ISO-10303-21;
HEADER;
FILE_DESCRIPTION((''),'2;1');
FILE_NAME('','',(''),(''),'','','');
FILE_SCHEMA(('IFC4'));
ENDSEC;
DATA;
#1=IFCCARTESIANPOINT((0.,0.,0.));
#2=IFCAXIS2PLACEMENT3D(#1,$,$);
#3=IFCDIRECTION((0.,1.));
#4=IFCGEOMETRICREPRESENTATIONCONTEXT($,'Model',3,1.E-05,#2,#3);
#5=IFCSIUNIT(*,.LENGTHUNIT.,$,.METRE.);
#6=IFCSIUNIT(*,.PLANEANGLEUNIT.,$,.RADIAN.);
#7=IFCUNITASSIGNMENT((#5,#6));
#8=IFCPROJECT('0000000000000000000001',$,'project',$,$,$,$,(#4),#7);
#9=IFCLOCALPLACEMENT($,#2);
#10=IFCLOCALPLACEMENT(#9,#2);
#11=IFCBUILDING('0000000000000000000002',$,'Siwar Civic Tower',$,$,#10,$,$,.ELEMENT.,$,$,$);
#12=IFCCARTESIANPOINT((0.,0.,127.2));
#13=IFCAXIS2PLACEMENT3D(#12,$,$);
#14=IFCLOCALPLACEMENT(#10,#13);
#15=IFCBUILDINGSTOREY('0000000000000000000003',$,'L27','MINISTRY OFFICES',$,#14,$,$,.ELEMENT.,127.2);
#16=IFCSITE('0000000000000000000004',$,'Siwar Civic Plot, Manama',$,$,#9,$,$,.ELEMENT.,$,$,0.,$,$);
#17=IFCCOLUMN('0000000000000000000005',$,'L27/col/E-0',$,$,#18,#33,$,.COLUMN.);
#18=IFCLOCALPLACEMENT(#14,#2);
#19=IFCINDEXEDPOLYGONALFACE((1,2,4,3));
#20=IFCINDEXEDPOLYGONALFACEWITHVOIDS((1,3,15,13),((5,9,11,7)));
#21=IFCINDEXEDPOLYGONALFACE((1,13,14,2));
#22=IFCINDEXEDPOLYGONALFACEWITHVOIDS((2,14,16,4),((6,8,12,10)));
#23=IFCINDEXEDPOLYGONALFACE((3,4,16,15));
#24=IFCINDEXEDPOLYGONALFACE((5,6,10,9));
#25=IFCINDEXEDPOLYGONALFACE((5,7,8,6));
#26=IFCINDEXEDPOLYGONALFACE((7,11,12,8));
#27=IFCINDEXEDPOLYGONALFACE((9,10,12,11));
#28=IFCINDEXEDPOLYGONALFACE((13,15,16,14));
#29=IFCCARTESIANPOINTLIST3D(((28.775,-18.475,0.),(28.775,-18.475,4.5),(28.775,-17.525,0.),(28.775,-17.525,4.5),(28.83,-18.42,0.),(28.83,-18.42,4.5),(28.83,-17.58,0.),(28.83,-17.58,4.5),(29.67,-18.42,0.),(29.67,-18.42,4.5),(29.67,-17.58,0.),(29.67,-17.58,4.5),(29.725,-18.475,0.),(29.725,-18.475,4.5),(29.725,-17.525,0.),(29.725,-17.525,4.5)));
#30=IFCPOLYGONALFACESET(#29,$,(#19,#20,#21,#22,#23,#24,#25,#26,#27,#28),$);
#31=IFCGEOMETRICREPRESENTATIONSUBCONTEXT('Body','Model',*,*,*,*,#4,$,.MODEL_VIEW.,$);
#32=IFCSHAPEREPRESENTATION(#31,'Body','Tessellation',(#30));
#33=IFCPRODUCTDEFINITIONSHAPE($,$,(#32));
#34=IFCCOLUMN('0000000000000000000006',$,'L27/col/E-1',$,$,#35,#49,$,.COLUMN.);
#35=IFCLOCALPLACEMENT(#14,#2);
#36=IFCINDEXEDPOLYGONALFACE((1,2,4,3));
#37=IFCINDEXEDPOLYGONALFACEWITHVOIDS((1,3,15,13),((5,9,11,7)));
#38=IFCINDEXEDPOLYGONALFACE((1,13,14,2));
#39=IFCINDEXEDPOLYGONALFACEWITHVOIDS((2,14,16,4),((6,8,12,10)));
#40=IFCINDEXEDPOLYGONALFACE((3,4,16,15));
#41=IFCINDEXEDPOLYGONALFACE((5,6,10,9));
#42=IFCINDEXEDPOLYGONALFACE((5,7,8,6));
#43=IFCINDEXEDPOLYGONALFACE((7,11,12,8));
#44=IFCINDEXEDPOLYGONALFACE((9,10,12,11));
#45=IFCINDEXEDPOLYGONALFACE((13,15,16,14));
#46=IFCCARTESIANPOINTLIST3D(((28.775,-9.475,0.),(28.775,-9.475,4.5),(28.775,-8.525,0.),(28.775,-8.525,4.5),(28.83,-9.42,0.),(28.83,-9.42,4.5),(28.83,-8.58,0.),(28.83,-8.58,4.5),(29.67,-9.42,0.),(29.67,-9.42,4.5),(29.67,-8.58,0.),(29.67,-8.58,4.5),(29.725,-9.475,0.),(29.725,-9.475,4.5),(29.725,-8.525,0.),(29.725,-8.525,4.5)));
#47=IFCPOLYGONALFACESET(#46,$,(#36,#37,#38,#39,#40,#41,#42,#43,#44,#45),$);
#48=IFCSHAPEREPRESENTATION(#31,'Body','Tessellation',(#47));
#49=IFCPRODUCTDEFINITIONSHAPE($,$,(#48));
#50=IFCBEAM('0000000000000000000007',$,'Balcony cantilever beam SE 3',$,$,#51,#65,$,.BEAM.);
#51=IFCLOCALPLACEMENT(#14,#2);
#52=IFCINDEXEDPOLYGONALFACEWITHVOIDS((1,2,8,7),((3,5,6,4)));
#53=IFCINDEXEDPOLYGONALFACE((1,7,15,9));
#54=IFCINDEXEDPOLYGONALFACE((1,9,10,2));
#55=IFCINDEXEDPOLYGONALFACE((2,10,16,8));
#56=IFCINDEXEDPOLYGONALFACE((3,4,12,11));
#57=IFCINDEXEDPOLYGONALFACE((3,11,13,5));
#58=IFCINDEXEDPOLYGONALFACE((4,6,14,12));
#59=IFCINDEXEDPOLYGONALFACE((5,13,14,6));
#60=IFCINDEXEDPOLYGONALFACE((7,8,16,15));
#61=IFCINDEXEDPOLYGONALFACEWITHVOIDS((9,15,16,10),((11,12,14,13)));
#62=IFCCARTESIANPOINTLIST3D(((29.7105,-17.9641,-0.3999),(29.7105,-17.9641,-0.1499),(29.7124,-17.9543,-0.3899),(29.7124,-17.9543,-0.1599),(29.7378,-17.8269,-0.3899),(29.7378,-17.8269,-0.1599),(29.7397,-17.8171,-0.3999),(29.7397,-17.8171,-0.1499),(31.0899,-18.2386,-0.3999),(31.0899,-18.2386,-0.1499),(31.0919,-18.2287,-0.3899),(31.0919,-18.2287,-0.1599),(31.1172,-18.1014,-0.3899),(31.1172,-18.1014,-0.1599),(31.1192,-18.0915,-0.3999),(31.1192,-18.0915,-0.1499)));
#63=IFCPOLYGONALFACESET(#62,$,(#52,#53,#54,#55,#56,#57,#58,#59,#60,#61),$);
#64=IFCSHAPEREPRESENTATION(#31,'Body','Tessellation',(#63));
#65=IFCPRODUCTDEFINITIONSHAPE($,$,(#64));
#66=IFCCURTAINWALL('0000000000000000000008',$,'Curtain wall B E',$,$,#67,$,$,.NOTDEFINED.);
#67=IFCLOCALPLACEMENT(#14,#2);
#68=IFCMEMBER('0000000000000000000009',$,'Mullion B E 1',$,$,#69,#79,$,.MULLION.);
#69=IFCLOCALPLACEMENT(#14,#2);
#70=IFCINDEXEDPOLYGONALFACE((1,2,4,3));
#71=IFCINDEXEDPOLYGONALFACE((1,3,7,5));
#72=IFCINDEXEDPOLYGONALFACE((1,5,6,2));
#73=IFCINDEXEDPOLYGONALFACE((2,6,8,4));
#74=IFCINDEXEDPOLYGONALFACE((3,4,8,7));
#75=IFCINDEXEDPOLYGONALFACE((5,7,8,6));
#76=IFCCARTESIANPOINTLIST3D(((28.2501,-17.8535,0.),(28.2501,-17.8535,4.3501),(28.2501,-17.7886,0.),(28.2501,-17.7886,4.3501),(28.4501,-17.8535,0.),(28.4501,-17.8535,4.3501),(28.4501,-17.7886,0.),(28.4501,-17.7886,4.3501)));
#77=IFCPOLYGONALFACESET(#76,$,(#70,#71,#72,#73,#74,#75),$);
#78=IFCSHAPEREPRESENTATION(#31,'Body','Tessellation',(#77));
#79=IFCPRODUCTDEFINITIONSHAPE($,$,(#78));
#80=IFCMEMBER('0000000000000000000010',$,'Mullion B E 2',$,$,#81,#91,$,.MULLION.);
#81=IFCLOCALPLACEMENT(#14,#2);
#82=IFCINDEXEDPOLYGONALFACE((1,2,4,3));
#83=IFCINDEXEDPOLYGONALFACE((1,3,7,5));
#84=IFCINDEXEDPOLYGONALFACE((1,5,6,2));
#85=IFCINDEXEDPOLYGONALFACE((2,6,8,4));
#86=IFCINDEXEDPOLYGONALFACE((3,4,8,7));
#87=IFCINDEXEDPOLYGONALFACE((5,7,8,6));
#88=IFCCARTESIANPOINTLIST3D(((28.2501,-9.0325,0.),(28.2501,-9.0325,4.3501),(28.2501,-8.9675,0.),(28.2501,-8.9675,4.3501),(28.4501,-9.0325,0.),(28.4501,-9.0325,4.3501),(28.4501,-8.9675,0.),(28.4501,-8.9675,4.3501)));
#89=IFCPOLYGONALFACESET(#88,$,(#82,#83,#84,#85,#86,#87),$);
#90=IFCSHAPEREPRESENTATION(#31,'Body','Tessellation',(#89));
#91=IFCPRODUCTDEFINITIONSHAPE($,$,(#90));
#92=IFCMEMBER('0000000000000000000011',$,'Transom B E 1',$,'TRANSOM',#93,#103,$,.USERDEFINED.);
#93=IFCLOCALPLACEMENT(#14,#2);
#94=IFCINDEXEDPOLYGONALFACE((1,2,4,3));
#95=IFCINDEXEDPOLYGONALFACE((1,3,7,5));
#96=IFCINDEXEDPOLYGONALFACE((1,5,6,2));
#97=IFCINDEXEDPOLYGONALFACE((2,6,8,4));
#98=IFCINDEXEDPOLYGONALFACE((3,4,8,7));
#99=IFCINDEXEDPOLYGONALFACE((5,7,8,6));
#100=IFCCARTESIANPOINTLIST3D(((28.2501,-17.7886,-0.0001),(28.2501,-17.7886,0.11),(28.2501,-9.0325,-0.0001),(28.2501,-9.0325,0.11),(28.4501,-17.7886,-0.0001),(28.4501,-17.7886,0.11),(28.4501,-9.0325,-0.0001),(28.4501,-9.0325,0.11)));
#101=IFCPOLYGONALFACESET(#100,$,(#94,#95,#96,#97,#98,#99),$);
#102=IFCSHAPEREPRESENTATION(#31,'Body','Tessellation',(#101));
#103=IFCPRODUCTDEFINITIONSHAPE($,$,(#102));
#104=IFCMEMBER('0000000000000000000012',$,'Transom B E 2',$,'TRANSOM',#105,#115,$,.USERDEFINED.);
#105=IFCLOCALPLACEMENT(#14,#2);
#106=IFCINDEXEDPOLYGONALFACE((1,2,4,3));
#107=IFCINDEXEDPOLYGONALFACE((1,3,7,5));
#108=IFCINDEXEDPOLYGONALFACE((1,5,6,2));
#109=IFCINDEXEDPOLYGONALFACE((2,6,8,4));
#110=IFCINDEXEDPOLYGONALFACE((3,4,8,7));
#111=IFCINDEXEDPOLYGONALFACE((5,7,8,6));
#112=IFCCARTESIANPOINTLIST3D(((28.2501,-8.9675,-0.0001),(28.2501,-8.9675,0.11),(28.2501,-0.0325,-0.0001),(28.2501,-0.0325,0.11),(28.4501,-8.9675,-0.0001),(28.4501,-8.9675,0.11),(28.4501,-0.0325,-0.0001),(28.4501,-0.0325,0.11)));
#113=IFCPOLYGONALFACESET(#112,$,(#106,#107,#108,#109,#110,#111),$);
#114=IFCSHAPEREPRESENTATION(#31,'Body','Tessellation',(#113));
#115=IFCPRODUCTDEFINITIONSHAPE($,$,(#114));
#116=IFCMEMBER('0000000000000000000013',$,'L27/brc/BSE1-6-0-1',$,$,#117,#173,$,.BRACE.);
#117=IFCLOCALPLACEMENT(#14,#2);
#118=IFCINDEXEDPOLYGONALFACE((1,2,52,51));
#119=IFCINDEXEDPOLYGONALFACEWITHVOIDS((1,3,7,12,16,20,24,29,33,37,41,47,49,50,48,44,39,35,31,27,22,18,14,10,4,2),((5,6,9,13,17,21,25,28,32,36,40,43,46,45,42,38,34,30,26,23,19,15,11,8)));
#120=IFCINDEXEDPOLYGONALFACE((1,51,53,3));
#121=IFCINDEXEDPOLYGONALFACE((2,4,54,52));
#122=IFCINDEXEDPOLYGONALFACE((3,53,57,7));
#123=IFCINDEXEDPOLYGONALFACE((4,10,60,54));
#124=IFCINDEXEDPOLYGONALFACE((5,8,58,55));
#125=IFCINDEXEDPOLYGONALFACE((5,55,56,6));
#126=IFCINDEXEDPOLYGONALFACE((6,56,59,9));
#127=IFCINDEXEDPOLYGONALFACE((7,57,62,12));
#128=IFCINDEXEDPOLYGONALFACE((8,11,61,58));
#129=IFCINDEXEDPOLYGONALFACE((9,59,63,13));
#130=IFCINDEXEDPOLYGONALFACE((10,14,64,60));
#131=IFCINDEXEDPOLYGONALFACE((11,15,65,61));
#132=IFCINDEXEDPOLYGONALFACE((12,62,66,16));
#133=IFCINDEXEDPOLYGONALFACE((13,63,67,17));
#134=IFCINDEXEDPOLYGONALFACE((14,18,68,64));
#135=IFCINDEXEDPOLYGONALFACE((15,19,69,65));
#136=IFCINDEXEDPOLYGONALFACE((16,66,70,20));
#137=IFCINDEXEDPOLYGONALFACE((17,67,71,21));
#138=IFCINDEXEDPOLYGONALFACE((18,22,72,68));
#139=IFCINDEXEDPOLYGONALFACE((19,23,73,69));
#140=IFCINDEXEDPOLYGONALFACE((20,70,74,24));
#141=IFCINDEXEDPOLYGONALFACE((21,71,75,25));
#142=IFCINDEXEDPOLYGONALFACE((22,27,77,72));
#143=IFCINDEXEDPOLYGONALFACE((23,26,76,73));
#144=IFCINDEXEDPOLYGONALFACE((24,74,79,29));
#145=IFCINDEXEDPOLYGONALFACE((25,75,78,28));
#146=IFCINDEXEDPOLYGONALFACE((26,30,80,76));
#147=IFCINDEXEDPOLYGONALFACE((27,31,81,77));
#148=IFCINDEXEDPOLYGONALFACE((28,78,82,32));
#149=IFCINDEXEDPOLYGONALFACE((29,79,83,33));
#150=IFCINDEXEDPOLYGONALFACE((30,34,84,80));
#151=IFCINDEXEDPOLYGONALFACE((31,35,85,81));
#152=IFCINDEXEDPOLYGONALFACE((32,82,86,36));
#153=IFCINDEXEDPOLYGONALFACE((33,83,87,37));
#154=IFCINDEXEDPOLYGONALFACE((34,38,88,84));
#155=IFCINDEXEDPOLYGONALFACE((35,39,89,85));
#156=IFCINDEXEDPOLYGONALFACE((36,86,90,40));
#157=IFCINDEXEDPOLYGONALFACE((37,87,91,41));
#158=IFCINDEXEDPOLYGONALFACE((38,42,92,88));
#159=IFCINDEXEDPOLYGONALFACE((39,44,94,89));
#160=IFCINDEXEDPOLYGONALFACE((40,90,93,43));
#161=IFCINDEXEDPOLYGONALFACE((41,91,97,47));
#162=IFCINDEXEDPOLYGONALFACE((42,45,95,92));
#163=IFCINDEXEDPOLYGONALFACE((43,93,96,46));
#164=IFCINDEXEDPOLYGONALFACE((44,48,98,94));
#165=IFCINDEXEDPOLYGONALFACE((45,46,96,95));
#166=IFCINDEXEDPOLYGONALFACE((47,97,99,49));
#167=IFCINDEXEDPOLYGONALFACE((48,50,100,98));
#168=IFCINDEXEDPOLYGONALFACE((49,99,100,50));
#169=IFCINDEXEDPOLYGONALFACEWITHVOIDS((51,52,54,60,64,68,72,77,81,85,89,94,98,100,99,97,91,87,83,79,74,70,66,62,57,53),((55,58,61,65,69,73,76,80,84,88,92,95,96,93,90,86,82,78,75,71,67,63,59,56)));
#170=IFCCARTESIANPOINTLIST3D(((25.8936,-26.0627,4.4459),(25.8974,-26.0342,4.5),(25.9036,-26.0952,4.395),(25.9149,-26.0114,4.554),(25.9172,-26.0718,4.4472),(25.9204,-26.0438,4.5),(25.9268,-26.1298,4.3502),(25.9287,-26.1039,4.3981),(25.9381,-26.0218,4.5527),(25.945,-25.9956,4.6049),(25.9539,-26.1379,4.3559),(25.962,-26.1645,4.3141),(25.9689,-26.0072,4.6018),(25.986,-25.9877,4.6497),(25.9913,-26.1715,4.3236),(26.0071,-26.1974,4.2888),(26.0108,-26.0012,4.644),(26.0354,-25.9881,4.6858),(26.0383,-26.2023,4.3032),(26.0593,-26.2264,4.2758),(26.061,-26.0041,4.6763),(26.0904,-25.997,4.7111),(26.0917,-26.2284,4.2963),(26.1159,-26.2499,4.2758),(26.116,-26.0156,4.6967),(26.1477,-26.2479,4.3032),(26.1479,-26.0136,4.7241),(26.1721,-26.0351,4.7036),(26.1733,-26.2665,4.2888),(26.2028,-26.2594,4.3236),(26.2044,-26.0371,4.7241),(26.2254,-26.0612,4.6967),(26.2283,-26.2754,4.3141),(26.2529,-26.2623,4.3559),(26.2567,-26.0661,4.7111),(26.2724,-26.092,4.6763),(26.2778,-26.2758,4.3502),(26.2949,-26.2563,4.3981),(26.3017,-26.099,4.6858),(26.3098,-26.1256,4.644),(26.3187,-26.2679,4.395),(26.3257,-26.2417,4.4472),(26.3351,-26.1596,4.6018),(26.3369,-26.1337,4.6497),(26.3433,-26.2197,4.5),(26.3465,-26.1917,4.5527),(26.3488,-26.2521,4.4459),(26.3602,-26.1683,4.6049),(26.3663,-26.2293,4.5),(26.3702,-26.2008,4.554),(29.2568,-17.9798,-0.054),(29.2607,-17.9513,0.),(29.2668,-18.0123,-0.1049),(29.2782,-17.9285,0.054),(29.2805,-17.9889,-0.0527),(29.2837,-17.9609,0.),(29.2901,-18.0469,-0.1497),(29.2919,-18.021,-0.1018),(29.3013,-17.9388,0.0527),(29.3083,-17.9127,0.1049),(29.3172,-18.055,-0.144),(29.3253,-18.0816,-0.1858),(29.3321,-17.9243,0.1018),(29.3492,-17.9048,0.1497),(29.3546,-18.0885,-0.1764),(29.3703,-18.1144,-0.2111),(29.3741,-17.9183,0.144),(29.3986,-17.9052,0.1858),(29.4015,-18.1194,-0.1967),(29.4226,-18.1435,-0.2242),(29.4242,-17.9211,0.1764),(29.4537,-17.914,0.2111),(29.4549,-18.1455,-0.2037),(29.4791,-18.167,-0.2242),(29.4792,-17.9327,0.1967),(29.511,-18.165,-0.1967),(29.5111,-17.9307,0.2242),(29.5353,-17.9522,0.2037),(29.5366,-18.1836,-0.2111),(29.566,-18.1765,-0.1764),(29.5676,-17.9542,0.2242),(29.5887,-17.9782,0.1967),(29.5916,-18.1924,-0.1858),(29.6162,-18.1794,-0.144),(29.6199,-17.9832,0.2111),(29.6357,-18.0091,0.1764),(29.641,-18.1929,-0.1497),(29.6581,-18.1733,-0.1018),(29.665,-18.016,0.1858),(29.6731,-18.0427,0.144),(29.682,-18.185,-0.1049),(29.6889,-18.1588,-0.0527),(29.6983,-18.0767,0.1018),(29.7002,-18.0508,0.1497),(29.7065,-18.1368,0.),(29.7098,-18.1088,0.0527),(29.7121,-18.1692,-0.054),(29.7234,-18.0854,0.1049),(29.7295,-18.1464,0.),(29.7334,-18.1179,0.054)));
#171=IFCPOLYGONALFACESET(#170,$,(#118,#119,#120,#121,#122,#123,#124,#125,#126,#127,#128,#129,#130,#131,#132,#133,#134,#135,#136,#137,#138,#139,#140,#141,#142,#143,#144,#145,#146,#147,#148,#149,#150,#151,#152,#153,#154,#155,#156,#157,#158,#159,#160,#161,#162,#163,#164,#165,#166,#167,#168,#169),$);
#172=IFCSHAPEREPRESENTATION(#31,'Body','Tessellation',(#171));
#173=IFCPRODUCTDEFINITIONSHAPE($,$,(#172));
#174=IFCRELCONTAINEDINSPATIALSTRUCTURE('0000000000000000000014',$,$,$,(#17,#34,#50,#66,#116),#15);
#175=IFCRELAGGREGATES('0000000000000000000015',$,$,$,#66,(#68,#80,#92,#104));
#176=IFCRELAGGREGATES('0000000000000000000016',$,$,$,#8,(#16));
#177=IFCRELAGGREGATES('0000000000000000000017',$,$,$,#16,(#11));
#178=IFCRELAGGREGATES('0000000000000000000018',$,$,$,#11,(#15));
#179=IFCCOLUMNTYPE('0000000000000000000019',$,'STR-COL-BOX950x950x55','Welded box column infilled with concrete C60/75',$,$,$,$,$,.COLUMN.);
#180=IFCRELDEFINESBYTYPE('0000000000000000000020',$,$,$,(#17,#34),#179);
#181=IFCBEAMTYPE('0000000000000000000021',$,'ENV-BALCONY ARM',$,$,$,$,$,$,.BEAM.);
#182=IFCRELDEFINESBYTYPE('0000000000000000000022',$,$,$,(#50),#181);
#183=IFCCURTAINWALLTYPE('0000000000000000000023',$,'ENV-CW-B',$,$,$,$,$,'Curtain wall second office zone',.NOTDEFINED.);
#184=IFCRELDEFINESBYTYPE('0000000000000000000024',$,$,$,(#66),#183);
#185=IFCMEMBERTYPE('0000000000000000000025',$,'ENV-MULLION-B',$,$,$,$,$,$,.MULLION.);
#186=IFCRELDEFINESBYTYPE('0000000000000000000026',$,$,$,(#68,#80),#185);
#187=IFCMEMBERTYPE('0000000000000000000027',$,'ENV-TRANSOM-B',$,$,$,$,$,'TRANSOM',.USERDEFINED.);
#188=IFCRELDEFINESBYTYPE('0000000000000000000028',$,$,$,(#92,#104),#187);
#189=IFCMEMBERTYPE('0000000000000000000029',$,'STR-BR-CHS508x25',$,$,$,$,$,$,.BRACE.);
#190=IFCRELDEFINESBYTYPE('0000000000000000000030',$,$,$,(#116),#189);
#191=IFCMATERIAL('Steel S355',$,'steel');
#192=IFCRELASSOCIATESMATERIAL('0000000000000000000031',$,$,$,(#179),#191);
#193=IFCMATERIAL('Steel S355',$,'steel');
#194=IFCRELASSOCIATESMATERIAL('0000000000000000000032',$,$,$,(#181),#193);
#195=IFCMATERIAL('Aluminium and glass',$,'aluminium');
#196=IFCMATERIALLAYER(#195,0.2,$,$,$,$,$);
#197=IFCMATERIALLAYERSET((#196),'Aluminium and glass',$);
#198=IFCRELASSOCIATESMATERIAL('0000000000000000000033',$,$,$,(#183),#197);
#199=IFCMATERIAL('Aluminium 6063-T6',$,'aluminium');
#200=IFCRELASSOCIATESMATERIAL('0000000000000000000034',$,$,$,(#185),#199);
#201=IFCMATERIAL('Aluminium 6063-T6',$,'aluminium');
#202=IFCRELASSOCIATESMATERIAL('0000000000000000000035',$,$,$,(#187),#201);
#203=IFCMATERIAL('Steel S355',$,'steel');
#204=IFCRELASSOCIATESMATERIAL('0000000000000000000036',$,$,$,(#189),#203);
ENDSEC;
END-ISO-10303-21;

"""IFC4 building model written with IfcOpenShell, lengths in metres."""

from ifc_helpers import new_model, si_unit, direction, frame, origin, origin_2d, place, context, subcontext, project, spatial, rectangle, hollow_rectangle, hollow_circle, extrude, material, layer, layer_set, material_profile, profile_set, type_object, element, aggregate, save


model = new_model("IFC4")

# Units and contexts
model_context = context("Model", 3, precision=1e-05, world=origin(), true_north=direction((0.0, 1.0)))
body_context = subcontext(model_context, "Body", "Model", "MODEL_VIEW")
ifc_project = project(units=[si_unit("LENGTHUNIT", "METRE"), si_unit("PLANEANGLEUNIT", "RADIAN")], contexts=[model_context])

# Site, building, storey
site_placement = place(None, origin())
site = spatial("IfcSite", under=ifc_project, at=site_placement, Name="Siwar Civic Plot, Manama", CompositionType="ELEMENT", RefElevation=0.0)
building_placement = place(site_placement, origin())
building = spatial("IfcBuilding", under=site, at=building_placement, Name="Siwar Civic Tower", CompositionType="ELEMENT")
storey_placement = place(building_placement, frame((0.0, 0.0, 127.2)))
storey = spatial("IfcBuildingStorey", under=building, at=storey_placement, Name="L27", Description="MINISTRY OFFICES", CompositionType="ELEMENT", Elevation=127.2)

# Columns
ifc_material_1 = material(Name="Steel S355", Category="steel")
ifc_material_profile_1 = material_profile(ifc_material_1, hollow_rectangle(XDim=0.95, YDim=0.95, WallThickness=0.0549, at=origin_2d()), Name="BOX950x950x55")
ifc_profile_set_1 = profile_set([ifc_material_profile_1], Name="Steel S355")
column_type = type_object("IfcColumnType", Name="STR-COL-BOX950x950x55", Description="Welded box column infilled with concrete C60/75", PredefinedType="COLUMN", material=ifc_profile_set_1)
for number, where, z_axis, x_axis, name in (
    (1, (29.25, -18.0, 0.0), (0.0, 0.0, 1.0), (1.0, 0.0, 0.0), "L27/col/E-0"),
    (2, (29.25, -9.0, 0.0), (0.0, 0.0, 1.0), (1.0, 0.0, 0.0), "L27/col/E-1"),
):
    element("IfcColumn", number, at=place(storey_placement, frame(where, z_axis=z_axis, x_axis=x_axis)), inside=storey, type_object=column_type, Name=name, PredefinedType="COLUMN", context=body_context, shape_type="SweptSolid", body=[
        extrude(hollow_rectangle(XDim=0.95, YDim=0.95, WallThickness=0.0549, at=origin_2d()), origin(), (0.0, 0.0, 1.0), 4.5),
    ])

# Beam
ifc_material_2 = material(Name="Steel S355", Category="steel")
ifc_material_profile_2 = material_profile(ifc_material_2, hollow_rectangle(XDim=0.1499, YDim=0.25, WallThickness=0.01, at=origin_2d()), Name="RHS250x150x10")
ifc_profile_set_2 = profile_set([ifc_material_profile_2], Name="Steel S355")
beam_type_1 = type_object("IfcBeamType", Name="ENV-BALCONY ARM", PredefinedType="BEAM", material=ifc_profile_set_2)
beam_1_placement = place(storey_placement, frame((29.7251, -17.8906, -0.2749), z_axis=(0.98078, -0.195115, 0.0), x_axis=(0.195115, 0.98078, 0.0)))
element("IfcBeam", 3, at=beam_1_placement, inside=storey, type_object=beam_type_1, Name="Balcony cantilever beam SE 3", PredefinedType="BEAM", context=body_context, shape_type="SweptSolid", body=[
    extrude(hollow_rectangle(XDim=0.1499, YDim=0.25, WallThickness=0.01, at=origin_2d()), origin(), (0.0, 0.0, 1.0), 1.4065),
])

# Curtain wall, members
ifc_material_3 = material(Name="Aluminium and glass", Category="aluminium")
ifc_layer_1 = layer(ifc_material_3, 0.2)
ifc_layer_set_1 = layer_set([ifc_layer_1], Name="Aluminium and glass")
curtain_wall_type = type_object("IfcCurtainWallType", Name="ENV-CW-B", ElementType="Curtain wall second office zone", PredefinedType="NOTDEFINED", material=ifc_layer_set_1)
curtain_wall_placement = place(storey_placement, origin())
curtain_wall = element("IfcCurtainWall", 4, at=curtain_wall_placement, inside=storey, type_object=curtain_wall_type, Name="Curtain wall B E", PredefinedType="NOTDEFINED")
ifc_material_4 = material(Name="Aluminium 6063-T6", Category="aluminium")
ifc_material_profile_3 = material_profile(ifc_material_4, rectangle(XDim=0.2, YDim=0.0649, at=origin_2d()), Name="AL 200x65")
ifc_profile_set_3 = profile_set([ifc_material_profile_3], Name="Aluminium 6063-T6")
member_type_1 = type_object("IfcMemberType", Name="ENV-MULLION-B", PredefinedType="MULLION", material=ifc_profile_set_3)
member_1_placement = place(storey_placement, frame((28.3501, -17.821, 0.0), z_axis=(0.0, 0.0, 1.0), x_axis=(-1.0, 0.0, 0.0)))
member_1 = element("IfcMember", 5, at=member_1_placement, type_object=member_type_1, Name="Mullion B E 1", PredefinedType="MULLION", context=body_context, shape_type="SweptSolid", body=[
    extrude(rectangle(XDim=0.2, YDim=0.0649, at=origin_2d()), origin(), (0.0, 0.0, 1.0), 4.3501),
])
member_2_placement = place(storey_placement, frame((28.3501, -9.0, 0.0), z_axis=(0.0, 0.0, 1.0), x_axis=(-1.0, 0.0, 0.0)))
member_2 = element("IfcMember", 6, at=member_2_placement, type_object=member_type_1, Name="Mullion B E 2", PredefinedType="MULLION", context=body_context, shape_type="SweptSolid", body=[
    extrude(rectangle(XDim=0.2, YDim=0.0649, at=origin_2d()), origin(), (0.0, 0.0, 1.0), 4.3501),
])
ifc_material_5 = material(Name="Aluminium 6063-T6", Category="aluminium")
ifc_material_profile_4 = material_profile(ifc_material_5, rectangle(XDim=0.2, YDim=0.1101, at=origin_2d()), Name="AL 200x110")
ifc_profile_set_4 = profile_set([ifc_material_profile_4], Name="Aluminium 6063-T6")
member_type_2 = type_object("IfcMemberType", Name="ENV-TRANSOM-B", ElementType="TRANSOM", PredefinedType="USERDEFINED", material=ifc_profile_set_4)
member_3_placement = place(storey_placement, frame((28.3501, -17.7886, 0.0549), z_axis=(0.0, 1.0, 0.0), x_axis=(-1.0, 0.0, 0.0)))
member_3 = element("IfcMember", 7, at=member_3_placement, type_object=member_type_2, Name="Transom B E 1", ObjectType="TRANSOM", PredefinedType="USERDEFINED", context=body_context, shape_type="SweptSolid", body=[
    extrude(rectangle(XDim=0.2, YDim=0.1101, at=origin_2d()), origin(), (0.0, 0.0, 1.0), 8.7561),
])
member_4_placement = place(storey_placement, frame((28.3501, -8.9675, 0.0549), z_axis=(0.0, 1.0, 0.0), x_axis=(-1.0, 0.0, 0.0)))
member_4 = element("IfcMember", 8, at=member_4_placement, type_object=member_type_2, Name="Transom B E 2", ObjectType="TRANSOM", PredefinedType="USERDEFINED", context=body_context, shape_type="SweptSolid", body=[
    extrude(rectangle(XDim=0.2, YDim=0.1101, at=origin_2d()), origin(), (0.0, 0.0, 1.0), 8.9351),
])

# Member
ifc_material_6 = material(Name="Steel S355", Category="steel")
ifc_material_profile_5 = material_profile(ifc_material_6, hollow_circle(Radius=0.2539, WallThickness=0.0249, at=origin_2d()), Name="CHS508x25")
ifc_profile_set_5 = profile_set([ifc_material_profile_5], Name="Steel S355")
member_type_3 = type_object("IfcMemberType", Name="STR-BR-CHS508x25", PredefinedType="BRACE", material=ifc_profile_set_5)
member_5_placement = place(storey_placement, frame((29.4951, -18.0488, 0.0), z_axis=(-0.341671, -0.821143, 0.457149), x_axis=(0.923265, -0.384164, 0.0)))
element("IfcMember", 9, at=member_5_placement, inside=storey, type_object=member_type_3, Name="L27/brc/BSE1-6-0-1", PredefinedType="BRACE", context=body_context, shape_type="SweptSolid", body=[
    extrude(hollow_circle(Radius=0.2539, WallThickness=0.0249, at=origin_2d()), origin(), (0.0, 0.0, 1.0), 9.8435),
])

aggregate(curtain_wall, [member_1, member_2, member_3, member_4])

save(model, "model.ifc")
